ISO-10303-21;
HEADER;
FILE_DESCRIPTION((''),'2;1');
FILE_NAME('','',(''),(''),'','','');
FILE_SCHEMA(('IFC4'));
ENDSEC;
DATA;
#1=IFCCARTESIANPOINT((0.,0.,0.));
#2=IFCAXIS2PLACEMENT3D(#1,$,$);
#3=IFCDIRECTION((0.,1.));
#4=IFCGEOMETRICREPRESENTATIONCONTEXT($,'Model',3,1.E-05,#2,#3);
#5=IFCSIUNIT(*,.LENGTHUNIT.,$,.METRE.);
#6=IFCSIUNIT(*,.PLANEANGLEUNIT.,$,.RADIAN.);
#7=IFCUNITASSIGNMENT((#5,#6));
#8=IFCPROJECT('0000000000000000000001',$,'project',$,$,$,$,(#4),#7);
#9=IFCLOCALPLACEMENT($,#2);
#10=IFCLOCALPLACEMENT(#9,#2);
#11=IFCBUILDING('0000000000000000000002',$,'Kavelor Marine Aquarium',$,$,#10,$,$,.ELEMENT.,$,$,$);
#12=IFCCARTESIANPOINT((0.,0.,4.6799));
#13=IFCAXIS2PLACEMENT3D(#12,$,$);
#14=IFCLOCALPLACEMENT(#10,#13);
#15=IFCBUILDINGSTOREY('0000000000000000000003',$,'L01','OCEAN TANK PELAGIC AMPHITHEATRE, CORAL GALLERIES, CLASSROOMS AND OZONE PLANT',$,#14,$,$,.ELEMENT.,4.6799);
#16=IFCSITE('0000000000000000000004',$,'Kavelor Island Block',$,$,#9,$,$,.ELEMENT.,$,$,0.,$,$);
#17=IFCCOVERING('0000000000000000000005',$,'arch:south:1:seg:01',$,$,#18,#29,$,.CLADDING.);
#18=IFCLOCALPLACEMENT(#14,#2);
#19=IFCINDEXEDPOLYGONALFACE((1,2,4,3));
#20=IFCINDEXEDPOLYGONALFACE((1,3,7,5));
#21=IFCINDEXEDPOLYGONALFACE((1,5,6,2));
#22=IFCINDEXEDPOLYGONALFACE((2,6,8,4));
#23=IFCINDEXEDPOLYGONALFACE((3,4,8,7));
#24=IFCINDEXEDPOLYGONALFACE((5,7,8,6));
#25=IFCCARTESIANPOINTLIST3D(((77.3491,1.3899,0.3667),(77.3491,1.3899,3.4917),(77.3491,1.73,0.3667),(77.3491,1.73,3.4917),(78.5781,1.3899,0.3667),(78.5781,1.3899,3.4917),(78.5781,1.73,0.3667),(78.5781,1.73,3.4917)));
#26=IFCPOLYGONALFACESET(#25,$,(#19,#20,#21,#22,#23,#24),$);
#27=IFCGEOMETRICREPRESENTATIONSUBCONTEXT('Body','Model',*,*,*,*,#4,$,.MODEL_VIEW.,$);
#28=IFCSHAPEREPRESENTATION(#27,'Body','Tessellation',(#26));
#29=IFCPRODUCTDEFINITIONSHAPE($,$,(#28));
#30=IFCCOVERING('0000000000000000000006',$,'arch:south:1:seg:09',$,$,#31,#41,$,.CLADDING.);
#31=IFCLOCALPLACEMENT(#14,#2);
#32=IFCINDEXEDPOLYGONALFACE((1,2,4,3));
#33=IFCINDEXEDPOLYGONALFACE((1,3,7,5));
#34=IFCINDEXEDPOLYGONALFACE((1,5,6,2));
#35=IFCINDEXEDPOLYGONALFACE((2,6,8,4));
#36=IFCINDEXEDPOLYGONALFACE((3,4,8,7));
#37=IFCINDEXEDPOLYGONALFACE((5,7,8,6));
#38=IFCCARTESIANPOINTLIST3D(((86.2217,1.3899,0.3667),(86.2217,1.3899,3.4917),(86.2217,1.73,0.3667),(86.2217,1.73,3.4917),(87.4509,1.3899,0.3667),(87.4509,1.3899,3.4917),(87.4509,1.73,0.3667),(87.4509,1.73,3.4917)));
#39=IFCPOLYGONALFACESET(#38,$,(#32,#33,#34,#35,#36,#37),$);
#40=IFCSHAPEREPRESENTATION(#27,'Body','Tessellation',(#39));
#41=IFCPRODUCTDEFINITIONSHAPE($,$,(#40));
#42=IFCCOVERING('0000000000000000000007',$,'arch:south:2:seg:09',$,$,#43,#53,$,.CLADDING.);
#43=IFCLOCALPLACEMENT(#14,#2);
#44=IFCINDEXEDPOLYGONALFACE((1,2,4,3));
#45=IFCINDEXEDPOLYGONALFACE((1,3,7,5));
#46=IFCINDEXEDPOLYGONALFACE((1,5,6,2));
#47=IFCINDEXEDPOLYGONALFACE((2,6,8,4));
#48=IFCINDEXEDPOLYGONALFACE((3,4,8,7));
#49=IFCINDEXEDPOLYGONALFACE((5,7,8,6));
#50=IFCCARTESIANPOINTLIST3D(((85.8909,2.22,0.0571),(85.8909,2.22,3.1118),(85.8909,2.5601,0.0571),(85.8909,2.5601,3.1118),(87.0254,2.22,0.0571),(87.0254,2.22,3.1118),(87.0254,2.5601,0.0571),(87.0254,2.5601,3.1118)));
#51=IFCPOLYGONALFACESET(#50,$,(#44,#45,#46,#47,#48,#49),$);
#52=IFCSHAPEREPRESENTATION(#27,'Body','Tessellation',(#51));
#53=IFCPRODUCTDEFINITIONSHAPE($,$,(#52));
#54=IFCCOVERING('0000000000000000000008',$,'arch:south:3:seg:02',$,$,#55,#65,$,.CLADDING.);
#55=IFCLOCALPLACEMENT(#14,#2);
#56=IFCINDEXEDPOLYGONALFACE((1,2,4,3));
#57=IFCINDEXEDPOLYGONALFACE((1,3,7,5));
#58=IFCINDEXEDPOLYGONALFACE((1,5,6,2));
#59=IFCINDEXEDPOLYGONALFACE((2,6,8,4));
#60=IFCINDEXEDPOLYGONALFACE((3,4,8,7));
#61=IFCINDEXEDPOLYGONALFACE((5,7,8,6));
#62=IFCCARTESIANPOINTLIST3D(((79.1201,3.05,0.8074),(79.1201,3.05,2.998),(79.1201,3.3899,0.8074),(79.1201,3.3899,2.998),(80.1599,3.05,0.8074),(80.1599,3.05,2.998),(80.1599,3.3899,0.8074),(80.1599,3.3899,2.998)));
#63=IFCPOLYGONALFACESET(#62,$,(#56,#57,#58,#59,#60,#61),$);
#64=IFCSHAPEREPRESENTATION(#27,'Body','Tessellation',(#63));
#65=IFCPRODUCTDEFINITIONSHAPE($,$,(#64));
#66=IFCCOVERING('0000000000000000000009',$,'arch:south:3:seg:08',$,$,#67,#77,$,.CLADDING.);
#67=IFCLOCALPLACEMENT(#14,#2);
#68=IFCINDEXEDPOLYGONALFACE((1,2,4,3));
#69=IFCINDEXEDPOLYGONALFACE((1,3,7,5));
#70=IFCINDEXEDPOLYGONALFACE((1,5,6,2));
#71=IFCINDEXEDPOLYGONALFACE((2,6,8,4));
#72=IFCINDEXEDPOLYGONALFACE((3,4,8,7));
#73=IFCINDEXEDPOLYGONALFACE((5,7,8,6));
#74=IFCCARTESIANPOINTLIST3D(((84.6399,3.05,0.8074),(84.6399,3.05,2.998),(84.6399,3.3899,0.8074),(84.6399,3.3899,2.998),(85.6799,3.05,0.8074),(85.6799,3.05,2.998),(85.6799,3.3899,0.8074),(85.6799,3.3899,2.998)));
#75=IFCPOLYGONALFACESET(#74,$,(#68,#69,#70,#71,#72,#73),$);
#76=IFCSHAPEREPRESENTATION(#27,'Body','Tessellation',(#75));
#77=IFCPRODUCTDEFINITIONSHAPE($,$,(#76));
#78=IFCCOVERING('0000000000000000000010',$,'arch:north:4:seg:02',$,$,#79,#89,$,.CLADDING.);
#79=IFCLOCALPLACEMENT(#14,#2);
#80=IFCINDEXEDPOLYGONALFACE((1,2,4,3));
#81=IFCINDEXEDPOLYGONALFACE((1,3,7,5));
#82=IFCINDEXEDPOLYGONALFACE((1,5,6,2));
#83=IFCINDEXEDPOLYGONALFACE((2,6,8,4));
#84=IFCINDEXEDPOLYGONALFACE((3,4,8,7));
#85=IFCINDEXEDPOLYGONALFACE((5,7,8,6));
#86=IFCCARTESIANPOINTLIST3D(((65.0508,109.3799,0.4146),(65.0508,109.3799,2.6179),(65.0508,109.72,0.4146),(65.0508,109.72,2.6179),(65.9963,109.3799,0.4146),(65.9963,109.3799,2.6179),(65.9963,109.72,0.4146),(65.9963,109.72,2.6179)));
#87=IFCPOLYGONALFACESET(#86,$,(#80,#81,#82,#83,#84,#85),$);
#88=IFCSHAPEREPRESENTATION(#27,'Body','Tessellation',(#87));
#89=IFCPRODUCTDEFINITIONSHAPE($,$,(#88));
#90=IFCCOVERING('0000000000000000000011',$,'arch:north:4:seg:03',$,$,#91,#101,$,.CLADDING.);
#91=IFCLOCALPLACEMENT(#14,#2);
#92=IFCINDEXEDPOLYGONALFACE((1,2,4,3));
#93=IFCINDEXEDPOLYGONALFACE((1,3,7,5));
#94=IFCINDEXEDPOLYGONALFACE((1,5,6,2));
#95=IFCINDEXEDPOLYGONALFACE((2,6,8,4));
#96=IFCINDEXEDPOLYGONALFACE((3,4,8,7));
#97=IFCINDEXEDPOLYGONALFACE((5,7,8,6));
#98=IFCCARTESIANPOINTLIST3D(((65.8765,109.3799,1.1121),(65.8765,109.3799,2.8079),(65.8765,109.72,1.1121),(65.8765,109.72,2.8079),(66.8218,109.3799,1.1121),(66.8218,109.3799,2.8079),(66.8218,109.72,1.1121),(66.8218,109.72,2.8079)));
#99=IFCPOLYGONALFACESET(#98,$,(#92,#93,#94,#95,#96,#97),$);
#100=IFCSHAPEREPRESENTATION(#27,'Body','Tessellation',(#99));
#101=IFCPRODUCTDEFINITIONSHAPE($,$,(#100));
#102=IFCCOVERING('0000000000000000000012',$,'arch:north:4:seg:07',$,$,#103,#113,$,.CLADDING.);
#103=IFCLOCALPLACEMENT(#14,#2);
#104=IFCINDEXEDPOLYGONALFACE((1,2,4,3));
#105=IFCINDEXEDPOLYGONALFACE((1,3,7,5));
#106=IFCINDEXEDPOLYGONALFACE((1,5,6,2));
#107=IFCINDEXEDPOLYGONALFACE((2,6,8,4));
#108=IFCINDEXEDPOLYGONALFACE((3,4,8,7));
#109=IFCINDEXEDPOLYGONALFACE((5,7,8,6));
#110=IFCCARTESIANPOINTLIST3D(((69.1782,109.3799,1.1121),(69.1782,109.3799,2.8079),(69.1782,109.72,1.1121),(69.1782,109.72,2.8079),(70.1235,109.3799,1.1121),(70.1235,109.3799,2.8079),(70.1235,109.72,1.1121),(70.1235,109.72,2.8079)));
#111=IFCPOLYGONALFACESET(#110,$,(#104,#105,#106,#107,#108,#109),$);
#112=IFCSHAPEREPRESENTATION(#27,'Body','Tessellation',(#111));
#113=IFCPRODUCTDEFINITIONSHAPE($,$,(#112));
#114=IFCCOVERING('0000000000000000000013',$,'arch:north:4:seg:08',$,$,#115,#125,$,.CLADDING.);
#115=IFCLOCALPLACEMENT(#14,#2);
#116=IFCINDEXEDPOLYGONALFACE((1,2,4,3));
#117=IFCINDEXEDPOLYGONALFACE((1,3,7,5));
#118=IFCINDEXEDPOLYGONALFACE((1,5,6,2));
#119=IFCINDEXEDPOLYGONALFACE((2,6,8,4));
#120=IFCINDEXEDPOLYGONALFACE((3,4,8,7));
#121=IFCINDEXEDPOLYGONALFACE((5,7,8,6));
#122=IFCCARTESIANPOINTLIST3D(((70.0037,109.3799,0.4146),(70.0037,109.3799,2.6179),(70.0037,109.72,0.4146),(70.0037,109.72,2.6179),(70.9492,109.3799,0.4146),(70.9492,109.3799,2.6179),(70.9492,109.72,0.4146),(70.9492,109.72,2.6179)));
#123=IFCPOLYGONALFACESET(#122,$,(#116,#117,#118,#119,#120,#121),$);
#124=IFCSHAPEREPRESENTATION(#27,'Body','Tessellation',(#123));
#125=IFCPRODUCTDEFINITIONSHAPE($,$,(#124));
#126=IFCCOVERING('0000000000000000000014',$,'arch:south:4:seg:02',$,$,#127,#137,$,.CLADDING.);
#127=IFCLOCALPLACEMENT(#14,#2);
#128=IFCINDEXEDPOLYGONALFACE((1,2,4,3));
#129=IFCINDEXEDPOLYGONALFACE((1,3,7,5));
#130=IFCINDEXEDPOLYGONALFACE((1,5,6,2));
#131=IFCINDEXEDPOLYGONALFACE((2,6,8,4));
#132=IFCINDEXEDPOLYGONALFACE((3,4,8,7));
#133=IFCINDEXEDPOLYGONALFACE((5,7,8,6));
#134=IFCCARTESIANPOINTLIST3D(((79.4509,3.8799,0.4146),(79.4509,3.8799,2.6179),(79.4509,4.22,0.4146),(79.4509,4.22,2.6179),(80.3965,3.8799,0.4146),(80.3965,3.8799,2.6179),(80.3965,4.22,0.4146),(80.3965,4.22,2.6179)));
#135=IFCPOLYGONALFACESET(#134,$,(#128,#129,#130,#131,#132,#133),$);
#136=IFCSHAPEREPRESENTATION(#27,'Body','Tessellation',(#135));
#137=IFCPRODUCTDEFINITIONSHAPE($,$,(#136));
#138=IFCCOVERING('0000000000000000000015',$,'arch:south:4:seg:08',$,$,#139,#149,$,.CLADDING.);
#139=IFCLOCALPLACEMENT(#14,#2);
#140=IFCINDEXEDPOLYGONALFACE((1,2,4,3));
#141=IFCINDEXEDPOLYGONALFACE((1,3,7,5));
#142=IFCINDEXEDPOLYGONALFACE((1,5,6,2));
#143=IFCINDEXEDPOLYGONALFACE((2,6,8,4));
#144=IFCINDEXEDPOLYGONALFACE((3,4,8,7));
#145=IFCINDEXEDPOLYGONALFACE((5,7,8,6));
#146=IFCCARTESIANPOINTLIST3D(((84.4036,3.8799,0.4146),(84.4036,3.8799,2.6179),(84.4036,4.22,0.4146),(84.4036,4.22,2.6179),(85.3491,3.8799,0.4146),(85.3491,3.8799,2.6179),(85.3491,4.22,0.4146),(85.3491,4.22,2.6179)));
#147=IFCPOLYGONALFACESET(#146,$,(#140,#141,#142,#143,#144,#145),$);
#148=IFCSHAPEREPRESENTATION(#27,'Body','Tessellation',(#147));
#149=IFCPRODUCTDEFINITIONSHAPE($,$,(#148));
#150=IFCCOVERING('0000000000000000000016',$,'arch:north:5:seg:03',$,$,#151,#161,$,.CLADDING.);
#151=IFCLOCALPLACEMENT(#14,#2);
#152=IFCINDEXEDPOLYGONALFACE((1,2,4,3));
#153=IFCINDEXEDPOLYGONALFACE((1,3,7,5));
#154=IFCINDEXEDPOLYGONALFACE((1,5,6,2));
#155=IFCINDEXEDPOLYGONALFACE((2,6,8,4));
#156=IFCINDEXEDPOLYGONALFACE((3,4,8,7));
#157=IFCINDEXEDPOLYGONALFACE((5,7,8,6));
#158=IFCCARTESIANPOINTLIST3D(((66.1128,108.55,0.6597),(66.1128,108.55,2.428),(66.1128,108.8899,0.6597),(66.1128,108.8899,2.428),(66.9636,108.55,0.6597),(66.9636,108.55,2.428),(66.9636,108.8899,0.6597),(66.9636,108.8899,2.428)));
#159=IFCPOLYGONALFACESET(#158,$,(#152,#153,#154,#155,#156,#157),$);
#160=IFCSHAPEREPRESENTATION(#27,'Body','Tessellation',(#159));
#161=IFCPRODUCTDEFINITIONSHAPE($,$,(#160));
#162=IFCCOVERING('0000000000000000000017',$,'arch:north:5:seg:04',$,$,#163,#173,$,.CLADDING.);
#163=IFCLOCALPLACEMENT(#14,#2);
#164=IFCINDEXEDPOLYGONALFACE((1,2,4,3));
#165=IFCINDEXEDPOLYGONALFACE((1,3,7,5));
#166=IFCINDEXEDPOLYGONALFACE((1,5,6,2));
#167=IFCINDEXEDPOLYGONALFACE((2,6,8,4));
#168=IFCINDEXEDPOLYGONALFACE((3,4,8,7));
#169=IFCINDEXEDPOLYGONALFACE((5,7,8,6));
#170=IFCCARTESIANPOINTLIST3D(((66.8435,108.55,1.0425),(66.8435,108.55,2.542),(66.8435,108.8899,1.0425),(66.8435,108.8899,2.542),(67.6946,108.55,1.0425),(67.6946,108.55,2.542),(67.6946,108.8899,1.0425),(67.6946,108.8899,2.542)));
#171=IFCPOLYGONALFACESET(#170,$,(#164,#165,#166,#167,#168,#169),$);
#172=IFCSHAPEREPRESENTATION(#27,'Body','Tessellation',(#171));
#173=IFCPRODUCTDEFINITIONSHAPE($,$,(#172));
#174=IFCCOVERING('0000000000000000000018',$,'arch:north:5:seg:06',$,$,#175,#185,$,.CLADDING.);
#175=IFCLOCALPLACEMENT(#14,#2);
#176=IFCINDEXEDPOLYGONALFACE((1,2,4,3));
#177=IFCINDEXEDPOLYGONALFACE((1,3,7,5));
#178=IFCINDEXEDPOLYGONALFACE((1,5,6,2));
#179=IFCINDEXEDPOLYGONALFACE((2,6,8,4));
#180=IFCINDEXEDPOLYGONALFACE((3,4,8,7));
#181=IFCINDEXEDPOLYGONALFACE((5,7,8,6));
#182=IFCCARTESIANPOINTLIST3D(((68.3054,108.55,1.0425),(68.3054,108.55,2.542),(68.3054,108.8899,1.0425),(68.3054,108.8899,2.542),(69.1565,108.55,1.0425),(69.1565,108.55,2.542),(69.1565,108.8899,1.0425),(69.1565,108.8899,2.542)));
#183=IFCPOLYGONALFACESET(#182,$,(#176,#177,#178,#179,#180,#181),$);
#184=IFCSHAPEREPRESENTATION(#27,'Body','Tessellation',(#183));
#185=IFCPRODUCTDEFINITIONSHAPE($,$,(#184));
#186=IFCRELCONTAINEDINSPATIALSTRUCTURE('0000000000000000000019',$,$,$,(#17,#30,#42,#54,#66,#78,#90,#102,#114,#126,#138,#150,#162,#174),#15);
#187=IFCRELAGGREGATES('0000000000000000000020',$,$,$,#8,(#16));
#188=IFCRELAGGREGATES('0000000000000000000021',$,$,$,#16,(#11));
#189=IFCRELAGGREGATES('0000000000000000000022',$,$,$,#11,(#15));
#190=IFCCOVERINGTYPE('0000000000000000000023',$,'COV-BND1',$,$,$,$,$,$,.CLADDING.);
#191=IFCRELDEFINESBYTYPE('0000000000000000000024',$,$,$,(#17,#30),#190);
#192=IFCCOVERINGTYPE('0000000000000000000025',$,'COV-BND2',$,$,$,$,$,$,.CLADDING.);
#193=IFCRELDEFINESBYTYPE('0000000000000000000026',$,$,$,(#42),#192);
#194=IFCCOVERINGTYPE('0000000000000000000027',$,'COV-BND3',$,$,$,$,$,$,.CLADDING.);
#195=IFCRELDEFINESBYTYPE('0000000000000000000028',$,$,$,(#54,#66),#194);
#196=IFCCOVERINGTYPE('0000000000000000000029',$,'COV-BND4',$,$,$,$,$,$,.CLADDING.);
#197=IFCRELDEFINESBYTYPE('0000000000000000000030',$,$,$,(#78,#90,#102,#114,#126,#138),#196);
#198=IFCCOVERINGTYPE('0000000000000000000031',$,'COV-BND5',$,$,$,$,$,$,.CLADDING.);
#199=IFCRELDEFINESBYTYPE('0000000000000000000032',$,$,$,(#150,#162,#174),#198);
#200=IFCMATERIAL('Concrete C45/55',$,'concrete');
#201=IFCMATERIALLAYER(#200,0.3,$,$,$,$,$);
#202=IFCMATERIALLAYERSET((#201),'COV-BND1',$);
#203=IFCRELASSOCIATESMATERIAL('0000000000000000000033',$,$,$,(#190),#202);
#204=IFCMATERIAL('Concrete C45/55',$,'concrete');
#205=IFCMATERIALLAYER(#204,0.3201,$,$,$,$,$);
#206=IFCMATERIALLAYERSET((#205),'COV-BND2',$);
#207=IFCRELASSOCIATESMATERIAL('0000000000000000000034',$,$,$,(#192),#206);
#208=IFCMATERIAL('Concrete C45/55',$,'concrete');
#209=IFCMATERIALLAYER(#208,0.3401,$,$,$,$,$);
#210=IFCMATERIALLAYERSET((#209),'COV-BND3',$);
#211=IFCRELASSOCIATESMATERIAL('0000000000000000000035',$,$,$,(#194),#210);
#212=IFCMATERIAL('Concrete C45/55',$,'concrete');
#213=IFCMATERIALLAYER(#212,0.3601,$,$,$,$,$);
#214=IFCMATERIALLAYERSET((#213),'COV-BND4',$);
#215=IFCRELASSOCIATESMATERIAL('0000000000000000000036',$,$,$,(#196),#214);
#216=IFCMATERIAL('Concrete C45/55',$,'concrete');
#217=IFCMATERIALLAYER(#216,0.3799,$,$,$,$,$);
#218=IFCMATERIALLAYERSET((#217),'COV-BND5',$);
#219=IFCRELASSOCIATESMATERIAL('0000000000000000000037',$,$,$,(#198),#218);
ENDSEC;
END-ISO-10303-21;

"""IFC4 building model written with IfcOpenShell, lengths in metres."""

from ifc_helpers import new_model, si_unit, direction, frame, origin, place, context, subcontext, project, spatial, polyline, outline, extrude, material, layer, layer_set, type_object, element, save


model = new_model("IFC4")

# Units and contexts
model_context = context("Model", 3, precision=1e-05, world=origin(), true_north=direction((0.0, 1.0)))
body_context = subcontext(model_context, "Body", "Model", "MODEL_VIEW")
ifc_project = project(units=[si_unit("LENGTHUNIT", "METRE"), si_unit("PLANEANGLEUNIT", "RADIAN")], contexts=[model_context])

# Site, building, storey
site_placement = place(None, origin())
site = spatial("IfcSite", under=ifc_project, at=site_placement, Name="Kavelor Island Block", CompositionType="ELEMENT", RefElevation=0.0)
building_placement = place(site_placement, origin())
building = spatial("IfcBuilding", under=site, at=building_placement, Name="Kavelor Marine Aquarium", CompositionType="ELEMENT")
storey_placement = place(building_placement, frame((0.0, 0.0, 4.6799)))
storey = spatial("IfcBuildingStorey", under=building, at=storey_placement, Name="L01", Description="OCEAN TANK PELAGIC AMPHITHEATRE, CORAL GALLERIES, CLASSROOMS AND OZONE PLANT", CompositionType="ELEMENT", Elevation=4.6799)

# Coverings
ifc_material_1 = material(Name="Concrete C45/55", Category="concrete")
ifc_layer_1 = layer(ifc_material_1, 0.3)
ifc_layer_set_1 = layer_set([ifc_layer_1], Name="COV-BND1")
covering_type_1 = type_object("IfcCoveringType", Name="COV-BND1", PredefinedType="CLADDING", material=ifc_layer_set_1)
covering_1_placement = place(storey_placement, frame((0.0, 0.0, 0.3667)))
element("IfcCovering", 1, at=covering_1_placement, inside=storey, type_object=covering_type_1, Name="arch:south:1:seg:01", PredefinedType="CLADDING", context=body_context, shape_type="SweptSolid", body=[
    extrude(outline(polyline([(77.3491, 1.3899), (78.5781, 1.3899), (78.5781, 1.73), (77.3491, 1.73), (77.3491, 1.3899)])), origin(), (0.0, 0.0, 1.0), 3.125),
])
covering_2_placement = place(storey_placement, frame((0.0, 0.0, 0.3667)))
element("IfcCovering", 2, at=covering_2_placement, inside=storey, type_object=covering_type_1, Name="arch:south:1:seg:09", PredefinedType="CLADDING", context=body_context, shape_type="SweptSolid", body=[
    extrude(outline(polyline([(86.2217, 1.3899), (87.4509, 1.3899), (87.4509, 1.73), (86.2217, 1.73), (86.2217, 1.3899)])), origin(), (0.0, 0.0, 1.0), 3.125),
])
ifc_material_2 = material(Name="Concrete C45/55", Category="concrete")
ifc_layer_2 = layer(ifc_material_2, 0.3201)
ifc_layer_set_2 = layer_set([ifc_layer_2], Name="COV-BND2")
covering_type_2 = type_object("IfcCoveringType", Name="COV-BND2", PredefinedType="CLADDING", material=ifc_layer_set_2)
covering_3_placement = place(storey_placement, frame((0.0, 0.0, 0.0571)))
element("IfcCovering", 3, at=covering_3_placement, inside=storey, type_object=covering_type_2, Name="arch:south:2:seg:09", PredefinedType="CLADDING", context=body_context, shape_type="SweptSolid", body=[
    extrude(outline(polyline([(85.8909, 2.22), (87.0254, 2.22), (87.0254, 2.5601), (85.8909, 2.5601), (85.8909, 2.22)])), origin(), (0.0, 0.0, 1.0), 3.0547),
])
ifc_material_3 = material(Name="Concrete C45/55", Category="concrete")
ifc_layer_3 = layer(ifc_material_3, 0.3401)
ifc_layer_set_3 = layer_set([ifc_layer_3], Name="COV-BND3")
covering_type_3 = type_object("IfcCoveringType", Name="COV-BND3", PredefinedType="CLADDING", material=ifc_layer_set_3)
covering_4_placement = place(storey_placement, frame((0.0, 0.0, 0.8074)))
element("IfcCovering", 4, at=covering_4_placement, inside=storey, type_object=covering_type_3, Name="arch:south:3:seg:02", PredefinedType="CLADDING", context=body_context, shape_type="SweptSolid", body=[
    extrude(outline(polyline([(79.1201, 3.05), (80.1599, 3.05), (80.1599, 3.3899), (79.1201, 3.3899), (79.1201, 3.05)])), origin(), (0.0, 0.0, 1.0), 2.1907),
])
covering_5_placement = place(storey_placement, frame((0.0, 0.0, 0.8074)))
element("IfcCovering", 5, at=covering_5_placement, inside=storey, type_object=covering_type_3, Name="arch:south:3:seg:08", PredefinedType="CLADDING", context=body_context, shape_type="SweptSolid", body=[
    extrude(outline(polyline([(84.6399, 3.05), (85.6799, 3.05), (85.6799, 3.3899), (84.6399, 3.3899), (84.6399, 3.05)])), origin(), (0.0, 0.0, 1.0), 2.1907),
])
ifc_material_4 = material(Name="Concrete C45/55", Category="concrete")
ifc_layer_4 = layer(ifc_material_4, 0.3601)
ifc_layer_set_4 = layer_set([ifc_layer_4], Name="COV-BND4")
covering_type_4 = type_object("IfcCoveringType", Name="COV-BND4", PredefinedType="CLADDING", material=ifc_layer_set_4)
covering_6_placement = place(storey_placement, frame((0.0, 0.0, 0.4146)))
element("IfcCovering", 6, at=covering_6_placement, inside=storey, type_object=covering_type_4, Name="arch:north:4:seg:02", PredefinedType="CLADDING", context=body_context, shape_type="SweptSolid", body=[
    extrude(outline(polyline([(65.0508, 109.3799), (65.9963, 109.3799), (65.9963, 109.72), (65.0508, 109.72), (65.0508, 109.3799)])), origin(), (0.0, 0.0, 1.0), 2.2034),
])
covering_7_placement = place(storey_placement, frame((0.0, 0.0, 1.1121)))
element("IfcCovering", 7, at=covering_7_placement, inside=storey, type_object=covering_type_4, Name="arch:north:4:seg:03", PredefinedType="CLADDING", context=body_context, shape_type="SweptSolid", body=[
    extrude(outline(polyline([(65.8765, 109.3799), (66.8218, 109.3799), (66.8218, 109.72), (65.8765, 109.72), (65.8765, 109.3799)])), origin(), (0.0, 0.0, 1.0), 1.6958),
])
covering_8_placement = place(storey_placement, frame((0.0, 0.0, 1.1121)))
element("IfcCovering", 8, at=covering_8_placement, inside=storey, type_object=covering_type_4, Name="arch:north:4:seg:07", PredefinedType="CLADDING", context=body_context, shape_type="SweptSolid", body=[
    extrude(outline(polyline([(69.1782, 109.3799), (70.1235, 109.3799), (70.1235, 109.72), (69.1782, 109.72), (69.1782, 109.3799)])), origin(), (0.0, 0.0, 1.0), 1.6958),
])
covering_9_placement = place(storey_placement, frame((0.0, 0.0, 0.4146)))
element("IfcCovering", 9, at=covering_9_placement, inside=storey, type_object=covering_type_4, Name="arch:north:4:seg:08", PredefinedType="CLADDING", context=body_context, shape_type="SweptSolid", body=[
    extrude(outline(polyline([(70.0037, 109.3799), (70.9492, 109.3799), (70.9492, 109.72), (70.0037, 109.72), (70.0037, 109.3799)])), origin(), (0.0, 0.0, 1.0), 2.2034),
])
covering_10_placement = place(storey_placement, frame((0.0, 0.0, 0.4146)))
element("IfcCovering", 10, at=covering_10_placement, inside=storey, type_object=covering_type_4, Name="arch:south:4:seg:02", PredefinedType="CLADDING", context=body_context, shape_type="SweptSolid", body=[
    extrude(outline(polyline([(79.4509, 3.8799), (80.3965, 3.8799), (80.3965, 4.22), (79.4509, 4.22), (79.4509, 3.8799)])), origin(), (0.0, 0.0, 1.0), 2.2034),
])
covering_11_placement = place(storey_placement, frame((0.0, 0.0, 0.4146)))
element("IfcCovering", 11, at=covering_11_placement, inside=storey, type_object=covering_type_4, Name="arch:south:4:seg:08", PredefinedType="CLADDING", context=body_context, shape_type="SweptSolid", body=[
    extrude(outline(polyline([(84.4036, 3.8799), (85.3491, 3.8799), (85.3491, 4.22), (84.4036, 4.22), (84.4036, 3.8799)])), origin(), (0.0, 0.0, 1.0), 2.2034),
])
ifc_material_5 = material(Name="Concrete C45/55", Category="concrete")
ifc_layer_5 = layer(ifc_material_5, 0.3799)
ifc_layer_set_5 = layer_set([ifc_layer_5], Name="COV-BND5")
covering_type_5 = type_object("IfcCoveringType", Name="COV-BND5", PredefinedType="CLADDING", material=ifc_layer_set_5)
covering_12_placement = place(storey_placement, frame((0.0, 0.0, 0.6597)))
element("IfcCovering", 12, at=covering_12_placement, inside=storey, type_object=covering_type_5, Name="arch:north:5:seg:03", PredefinedType="CLADDING", context=body_context, shape_type="SweptSolid", body=[
    extrude(outline(polyline([(66.1128, 108.55), (66.9636, 108.55), (66.9636, 108.8899), (66.1128, 108.8899), (66.1128, 108.55)])), origin(), (0.0, 0.0, 1.0), 1.7683),
])
covering_13_placement = place(storey_placement, frame((0.0, 0.0, 1.0425)))
element("IfcCovering", 13, at=covering_13_placement, inside=storey, type_object=covering_type_5, Name="arch:north:5:seg:04", PredefinedType="CLADDING", context=body_context, shape_type="SweptSolid", body=[
    extrude(outline(polyline([(66.8435, 108.55), (67.6946, 108.55), (67.6946, 108.8899), (66.8435, 108.8899), (66.8435, 108.55)])), origin(), (0.0, 0.0, 1.0), 1.4995),
])
covering_14_placement = place(storey_placement, frame((0.0, 0.0, 1.0425)))
element("IfcCovering", 14, at=covering_14_placement, inside=storey, type_object=covering_type_5, Name="arch:north:5:seg:06", PredefinedType="CLADDING", context=body_context, shape_type="SweptSolid", body=[
    extrude(outline(polyline([(68.3054, 108.55), (69.1565, 108.55), (69.1565, 108.8899), (68.3054, 108.8899), (68.3054, 108.55)])), origin(), (0.0, 0.0, 1.0), 1.4995),
])

save(model, "model.ifc")
